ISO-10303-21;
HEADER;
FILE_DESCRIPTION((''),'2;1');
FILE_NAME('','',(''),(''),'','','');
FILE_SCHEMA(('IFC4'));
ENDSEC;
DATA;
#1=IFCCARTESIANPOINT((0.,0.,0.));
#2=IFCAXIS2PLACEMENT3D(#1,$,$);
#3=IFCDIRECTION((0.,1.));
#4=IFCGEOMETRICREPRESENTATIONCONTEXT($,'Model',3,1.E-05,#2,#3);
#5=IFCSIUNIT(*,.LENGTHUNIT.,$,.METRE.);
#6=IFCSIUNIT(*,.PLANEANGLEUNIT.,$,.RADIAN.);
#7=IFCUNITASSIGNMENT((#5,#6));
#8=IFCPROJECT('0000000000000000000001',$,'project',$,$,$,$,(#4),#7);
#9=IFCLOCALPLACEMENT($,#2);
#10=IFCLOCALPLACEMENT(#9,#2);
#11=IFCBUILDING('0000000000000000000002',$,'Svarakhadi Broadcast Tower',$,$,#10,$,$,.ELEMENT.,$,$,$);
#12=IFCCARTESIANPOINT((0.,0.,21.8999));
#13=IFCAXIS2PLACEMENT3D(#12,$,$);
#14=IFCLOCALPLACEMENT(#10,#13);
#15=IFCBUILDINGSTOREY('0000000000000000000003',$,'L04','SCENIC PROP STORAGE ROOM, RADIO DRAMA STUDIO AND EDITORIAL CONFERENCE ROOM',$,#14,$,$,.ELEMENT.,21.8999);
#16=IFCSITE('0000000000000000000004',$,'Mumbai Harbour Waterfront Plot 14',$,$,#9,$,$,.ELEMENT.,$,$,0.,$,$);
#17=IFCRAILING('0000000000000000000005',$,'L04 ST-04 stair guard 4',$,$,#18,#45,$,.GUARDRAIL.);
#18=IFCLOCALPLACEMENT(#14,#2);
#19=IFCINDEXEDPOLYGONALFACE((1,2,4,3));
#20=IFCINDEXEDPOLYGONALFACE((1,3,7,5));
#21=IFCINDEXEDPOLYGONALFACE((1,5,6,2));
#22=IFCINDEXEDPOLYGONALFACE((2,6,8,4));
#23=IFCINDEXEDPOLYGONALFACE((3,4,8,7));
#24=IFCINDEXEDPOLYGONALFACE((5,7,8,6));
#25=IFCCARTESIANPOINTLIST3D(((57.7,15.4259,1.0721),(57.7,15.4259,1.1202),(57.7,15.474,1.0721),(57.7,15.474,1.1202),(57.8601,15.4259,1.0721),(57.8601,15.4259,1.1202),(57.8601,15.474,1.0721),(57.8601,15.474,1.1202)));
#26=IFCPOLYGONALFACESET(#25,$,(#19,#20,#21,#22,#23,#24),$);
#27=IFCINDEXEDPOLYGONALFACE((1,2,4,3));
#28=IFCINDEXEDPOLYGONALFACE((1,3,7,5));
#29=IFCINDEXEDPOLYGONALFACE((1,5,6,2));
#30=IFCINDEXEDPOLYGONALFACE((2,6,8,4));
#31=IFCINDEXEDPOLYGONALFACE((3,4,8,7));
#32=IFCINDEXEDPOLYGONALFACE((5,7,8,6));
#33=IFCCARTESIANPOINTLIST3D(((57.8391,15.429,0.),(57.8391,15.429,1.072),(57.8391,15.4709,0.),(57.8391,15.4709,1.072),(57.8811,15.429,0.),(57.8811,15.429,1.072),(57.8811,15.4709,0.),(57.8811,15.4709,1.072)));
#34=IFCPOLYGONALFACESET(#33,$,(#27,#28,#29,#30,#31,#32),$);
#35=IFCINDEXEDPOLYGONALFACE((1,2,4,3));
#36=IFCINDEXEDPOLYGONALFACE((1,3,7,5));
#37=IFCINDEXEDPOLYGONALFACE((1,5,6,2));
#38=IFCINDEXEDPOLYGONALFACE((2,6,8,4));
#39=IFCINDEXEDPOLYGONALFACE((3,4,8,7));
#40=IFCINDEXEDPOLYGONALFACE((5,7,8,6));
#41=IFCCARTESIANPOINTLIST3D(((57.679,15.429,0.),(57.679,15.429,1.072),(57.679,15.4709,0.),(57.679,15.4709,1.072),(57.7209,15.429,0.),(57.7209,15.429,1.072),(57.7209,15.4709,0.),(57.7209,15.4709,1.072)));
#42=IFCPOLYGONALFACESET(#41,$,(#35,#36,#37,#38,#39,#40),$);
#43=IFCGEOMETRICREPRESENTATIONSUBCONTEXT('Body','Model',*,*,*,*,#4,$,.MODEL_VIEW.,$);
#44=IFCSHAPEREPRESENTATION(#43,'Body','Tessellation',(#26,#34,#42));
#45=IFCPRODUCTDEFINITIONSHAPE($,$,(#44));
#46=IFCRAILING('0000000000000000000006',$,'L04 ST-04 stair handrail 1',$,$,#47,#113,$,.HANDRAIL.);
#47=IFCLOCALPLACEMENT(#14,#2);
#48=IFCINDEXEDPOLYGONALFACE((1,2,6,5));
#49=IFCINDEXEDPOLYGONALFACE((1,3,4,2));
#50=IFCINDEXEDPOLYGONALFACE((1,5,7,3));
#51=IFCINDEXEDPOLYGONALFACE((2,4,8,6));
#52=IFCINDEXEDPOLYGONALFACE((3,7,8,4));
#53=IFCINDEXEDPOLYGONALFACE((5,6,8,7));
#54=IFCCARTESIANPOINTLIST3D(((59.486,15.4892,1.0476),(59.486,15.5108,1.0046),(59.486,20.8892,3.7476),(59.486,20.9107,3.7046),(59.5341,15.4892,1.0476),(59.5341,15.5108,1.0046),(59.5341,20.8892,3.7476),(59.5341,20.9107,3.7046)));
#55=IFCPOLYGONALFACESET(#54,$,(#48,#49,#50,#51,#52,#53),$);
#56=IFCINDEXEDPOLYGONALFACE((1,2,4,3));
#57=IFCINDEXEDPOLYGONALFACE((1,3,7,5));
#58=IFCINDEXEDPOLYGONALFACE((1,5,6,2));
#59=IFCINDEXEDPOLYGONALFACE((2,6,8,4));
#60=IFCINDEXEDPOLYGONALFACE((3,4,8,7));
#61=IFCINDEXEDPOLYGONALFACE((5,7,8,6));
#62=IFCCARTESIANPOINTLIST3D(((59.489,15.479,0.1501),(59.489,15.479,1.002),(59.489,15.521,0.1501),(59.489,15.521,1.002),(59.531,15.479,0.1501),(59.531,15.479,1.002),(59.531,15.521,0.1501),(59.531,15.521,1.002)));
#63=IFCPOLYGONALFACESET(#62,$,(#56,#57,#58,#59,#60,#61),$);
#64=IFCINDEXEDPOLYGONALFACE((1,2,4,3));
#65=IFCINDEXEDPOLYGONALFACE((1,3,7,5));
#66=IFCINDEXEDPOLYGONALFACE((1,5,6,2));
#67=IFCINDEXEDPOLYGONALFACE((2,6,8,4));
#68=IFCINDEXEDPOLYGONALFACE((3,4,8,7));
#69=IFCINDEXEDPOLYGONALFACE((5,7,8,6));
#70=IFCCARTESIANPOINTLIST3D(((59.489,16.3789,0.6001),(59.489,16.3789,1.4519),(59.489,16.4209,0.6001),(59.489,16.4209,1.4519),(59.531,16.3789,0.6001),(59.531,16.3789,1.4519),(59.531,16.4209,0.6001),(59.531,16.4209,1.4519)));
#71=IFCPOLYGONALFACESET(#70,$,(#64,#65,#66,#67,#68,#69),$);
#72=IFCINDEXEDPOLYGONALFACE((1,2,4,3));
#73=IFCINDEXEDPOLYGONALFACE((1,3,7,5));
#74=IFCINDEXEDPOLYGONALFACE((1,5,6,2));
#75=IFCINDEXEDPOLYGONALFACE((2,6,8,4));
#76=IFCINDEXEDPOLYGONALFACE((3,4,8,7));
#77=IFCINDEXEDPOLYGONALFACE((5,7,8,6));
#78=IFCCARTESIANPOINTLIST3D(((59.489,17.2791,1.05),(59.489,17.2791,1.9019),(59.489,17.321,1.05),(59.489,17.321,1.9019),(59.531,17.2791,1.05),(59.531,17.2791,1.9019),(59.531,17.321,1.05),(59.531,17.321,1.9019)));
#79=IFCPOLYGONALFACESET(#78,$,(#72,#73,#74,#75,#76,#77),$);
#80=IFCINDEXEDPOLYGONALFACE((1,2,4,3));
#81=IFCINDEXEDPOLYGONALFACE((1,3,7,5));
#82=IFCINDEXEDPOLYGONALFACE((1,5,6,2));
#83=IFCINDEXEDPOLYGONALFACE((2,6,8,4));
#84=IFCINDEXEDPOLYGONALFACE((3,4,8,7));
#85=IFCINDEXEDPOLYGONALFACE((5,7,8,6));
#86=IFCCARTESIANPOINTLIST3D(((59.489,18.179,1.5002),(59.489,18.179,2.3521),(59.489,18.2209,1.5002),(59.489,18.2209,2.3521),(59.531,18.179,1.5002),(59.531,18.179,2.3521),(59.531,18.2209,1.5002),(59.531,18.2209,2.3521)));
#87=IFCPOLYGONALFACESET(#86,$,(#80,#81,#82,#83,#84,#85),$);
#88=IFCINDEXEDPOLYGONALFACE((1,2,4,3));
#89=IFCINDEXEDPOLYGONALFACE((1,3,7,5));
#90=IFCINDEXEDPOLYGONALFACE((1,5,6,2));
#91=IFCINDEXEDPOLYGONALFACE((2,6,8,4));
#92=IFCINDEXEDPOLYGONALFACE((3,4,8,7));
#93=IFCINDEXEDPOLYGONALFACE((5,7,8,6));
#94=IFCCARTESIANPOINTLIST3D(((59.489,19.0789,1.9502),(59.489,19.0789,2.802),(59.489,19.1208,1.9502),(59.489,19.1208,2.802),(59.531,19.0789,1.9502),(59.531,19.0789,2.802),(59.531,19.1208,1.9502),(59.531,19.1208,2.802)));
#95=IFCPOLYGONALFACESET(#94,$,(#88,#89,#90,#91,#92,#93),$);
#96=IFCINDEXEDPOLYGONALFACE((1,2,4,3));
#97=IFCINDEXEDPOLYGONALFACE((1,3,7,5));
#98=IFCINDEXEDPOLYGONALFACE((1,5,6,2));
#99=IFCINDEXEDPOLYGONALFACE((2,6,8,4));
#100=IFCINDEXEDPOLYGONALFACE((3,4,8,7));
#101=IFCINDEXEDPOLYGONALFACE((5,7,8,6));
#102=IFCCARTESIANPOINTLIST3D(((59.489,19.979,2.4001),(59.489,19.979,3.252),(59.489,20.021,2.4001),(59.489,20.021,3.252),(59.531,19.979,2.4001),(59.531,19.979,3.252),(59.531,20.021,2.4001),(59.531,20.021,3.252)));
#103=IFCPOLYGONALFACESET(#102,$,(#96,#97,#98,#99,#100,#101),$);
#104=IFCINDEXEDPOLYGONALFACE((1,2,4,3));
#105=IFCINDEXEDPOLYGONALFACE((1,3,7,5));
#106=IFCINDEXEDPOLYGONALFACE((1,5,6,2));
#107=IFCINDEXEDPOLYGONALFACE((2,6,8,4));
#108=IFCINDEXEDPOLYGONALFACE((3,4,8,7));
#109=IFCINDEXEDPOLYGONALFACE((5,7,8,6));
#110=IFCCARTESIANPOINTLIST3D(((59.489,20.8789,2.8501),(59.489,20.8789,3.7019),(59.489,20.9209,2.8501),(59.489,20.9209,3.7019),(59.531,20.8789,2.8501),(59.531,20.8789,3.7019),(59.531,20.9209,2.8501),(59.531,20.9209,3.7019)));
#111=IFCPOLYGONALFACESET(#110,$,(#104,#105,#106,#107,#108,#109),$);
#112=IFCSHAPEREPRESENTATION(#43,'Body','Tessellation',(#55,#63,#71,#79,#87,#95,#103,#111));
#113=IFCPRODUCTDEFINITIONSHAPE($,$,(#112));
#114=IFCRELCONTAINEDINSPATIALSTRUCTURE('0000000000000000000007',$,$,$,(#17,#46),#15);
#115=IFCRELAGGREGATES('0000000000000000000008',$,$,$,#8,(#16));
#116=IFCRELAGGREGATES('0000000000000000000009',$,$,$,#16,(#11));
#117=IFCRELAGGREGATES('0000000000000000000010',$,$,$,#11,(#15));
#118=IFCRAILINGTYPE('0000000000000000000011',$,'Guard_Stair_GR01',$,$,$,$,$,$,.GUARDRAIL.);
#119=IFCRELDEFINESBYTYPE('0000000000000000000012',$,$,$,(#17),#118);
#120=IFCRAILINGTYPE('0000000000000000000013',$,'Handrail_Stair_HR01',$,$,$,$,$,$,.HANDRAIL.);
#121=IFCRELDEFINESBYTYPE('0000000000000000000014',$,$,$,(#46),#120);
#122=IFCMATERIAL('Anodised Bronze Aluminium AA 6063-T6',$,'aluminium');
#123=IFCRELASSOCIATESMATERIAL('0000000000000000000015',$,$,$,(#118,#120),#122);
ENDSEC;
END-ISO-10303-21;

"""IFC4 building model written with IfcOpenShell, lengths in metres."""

from ifc_helpers import new_model, si_unit, direction, frame, origin, origin_2d, place, context, subcontext, project, spatial, rectangle, extrude, material, type_object, element, save


model = new_model("IFC4")

# Units and contexts
model_context = context("Model", 3, precision=1e-05, world=origin(), true_north=direction((0.0, 1.0)))
body_context = subcontext(model_context, "Body", "Model", "MODEL_VIEW")
ifc_project = project(units=[si_unit("LENGTHUNIT", "METRE"), si_unit("PLANEANGLEUNIT", "RADIAN")], contexts=[model_context])

# Site, building, storey
site_placement = place(None, origin())
site = spatial("IfcSite", under=ifc_project, at=site_placement, Name="Mumbai Harbour Waterfront Plot 14", CompositionType="ELEMENT", RefElevation=0.0)
building_placement = place(site_placement, origin())
building = spatial("IfcBuilding", under=site, at=building_placement, Name="Svarakhadi Broadcast Tower", CompositionType="ELEMENT")
storey_placement = place(building_placement, frame((0.0, 0.0, 21.8999)))
storey = spatial("IfcBuildingStorey", under=building, at=storey_placement, Name="L04", Description="SCENIC PROP STORAGE ROOM, RADIO DRAMA STUDIO AND EDITORIAL CONFERENCE ROOM", CompositionType="ELEMENT", Elevation=21.8999)

# Shared definitions
ifc_material_1 = material(Name="Anodised Bronze Aluminium AA 6063-T6", Category="aluminium")

# Railings
railing_type_1 = type_object("IfcRailingType", Name="Guard_Stair_GR01", PredefinedType="GUARDRAIL", material=ifc_material_1)
railing_1_placement = place(storey_placement, frame((57.8601, 15.45, 0.0)))
element("IfcRailing", 1, at=railing_1_placement, inside=storey, type_object=railing_type_1, Name="L04 ST-04 stair guard 4", PredefinedType="GUARDRAIL", context=body_context, shape_type="SweptSolid", body=[
    extrude(rectangle(XDim=0.0481, YDim=0.0481, at=origin_2d()), frame((0.0, 0.0, 1.0962), z_axis=(-1.0, 0.0, 0.0), x_axis=(0.0, -1.0, 0.0)), (0.0, 0.0, 1.0), 0.1602),
    extrude(rectangle(XDim=0.042, YDim=0.042, at=origin_2d()), origin(), (0.0, 0.0, 1.0), 1.072),
    extrude(rectangle(XDim=0.042, YDim=0.042, at=origin_2d()), frame((-0.1602, 0.0, 0.0)), (0.0, 0.0, 1.0), 1.072),
])
railing_type_2 = type_object("IfcRailingType", Name="Handrail_Stair_HR01", PredefinedType="HANDRAIL", material=ifc_material_1)
railing_2_placement = place(storey_placement, frame((59.51, 15.5, 0.1501)))
element("IfcRailing", 2, at=railing_2_placement, inside=storey, type_object=railing_type_2, Name="L04 ST-04 stair handrail 1", PredefinedType="HANDRAIL", context=body_context, shape_type="SweptSolid", body=[
    extrude(rectangle(XDim=0.0481, YDim=0.0481, at=origin_2d()), frame((0.0, 0.0, 0.876), z_axis=(0.0, 0.894427, 0.447214), x_axis=(-1.0, 0.0, 0.0)), (0.0, 0.0, 1.0), 6.0374),
    extrude(rectangle(XDim=0.042, YDim=0.042, at=origin_2d()), origin(), (0.0, 0.0, 1.0), 0.8518),
    extrude(rectangle(XDim=0.042, YDim=0.042, at=origin_2d()), frame((0.0, 0.8999, 0.45)), (0.0, 0.0, 1.0), 0.8518),
    extrude(rectangle(XDim=0.042, YDim=0.042, at=origin_2d()), frame((0.0, 1.8, 0.8999)), (0.0, 0.0, 1.0), 0.8518),
    extrude(rectangle(XDim=0.042, YDim=0.042, at=origin_2d()), frame((0.0, 2.7, 1.3501)), (0.0, 0.0, 1.0), 0.8518),
    extrude(rectangle(XDim=0.042, YDim=0.042, at=origin_2d()), frame((0.0, 3.5999, 1.8)), (0.0, 0.0, 1.0), 0.8518),
    extrude(rectangle(XDim=0.042, YDim=0.042, at=origin_2d()), frame((0.0, 4.5, 2.25)), (0.0, 0.0, 1.0), 0.8518),
    extrude(rectangle(XDim=0.042, YDim=0.042, at=origin_2d()), frame((0.0, 5.3999, 2.7)), (0.0, 0.0, 1.0), 0.8518),
])

save(model, "model.ifc")
